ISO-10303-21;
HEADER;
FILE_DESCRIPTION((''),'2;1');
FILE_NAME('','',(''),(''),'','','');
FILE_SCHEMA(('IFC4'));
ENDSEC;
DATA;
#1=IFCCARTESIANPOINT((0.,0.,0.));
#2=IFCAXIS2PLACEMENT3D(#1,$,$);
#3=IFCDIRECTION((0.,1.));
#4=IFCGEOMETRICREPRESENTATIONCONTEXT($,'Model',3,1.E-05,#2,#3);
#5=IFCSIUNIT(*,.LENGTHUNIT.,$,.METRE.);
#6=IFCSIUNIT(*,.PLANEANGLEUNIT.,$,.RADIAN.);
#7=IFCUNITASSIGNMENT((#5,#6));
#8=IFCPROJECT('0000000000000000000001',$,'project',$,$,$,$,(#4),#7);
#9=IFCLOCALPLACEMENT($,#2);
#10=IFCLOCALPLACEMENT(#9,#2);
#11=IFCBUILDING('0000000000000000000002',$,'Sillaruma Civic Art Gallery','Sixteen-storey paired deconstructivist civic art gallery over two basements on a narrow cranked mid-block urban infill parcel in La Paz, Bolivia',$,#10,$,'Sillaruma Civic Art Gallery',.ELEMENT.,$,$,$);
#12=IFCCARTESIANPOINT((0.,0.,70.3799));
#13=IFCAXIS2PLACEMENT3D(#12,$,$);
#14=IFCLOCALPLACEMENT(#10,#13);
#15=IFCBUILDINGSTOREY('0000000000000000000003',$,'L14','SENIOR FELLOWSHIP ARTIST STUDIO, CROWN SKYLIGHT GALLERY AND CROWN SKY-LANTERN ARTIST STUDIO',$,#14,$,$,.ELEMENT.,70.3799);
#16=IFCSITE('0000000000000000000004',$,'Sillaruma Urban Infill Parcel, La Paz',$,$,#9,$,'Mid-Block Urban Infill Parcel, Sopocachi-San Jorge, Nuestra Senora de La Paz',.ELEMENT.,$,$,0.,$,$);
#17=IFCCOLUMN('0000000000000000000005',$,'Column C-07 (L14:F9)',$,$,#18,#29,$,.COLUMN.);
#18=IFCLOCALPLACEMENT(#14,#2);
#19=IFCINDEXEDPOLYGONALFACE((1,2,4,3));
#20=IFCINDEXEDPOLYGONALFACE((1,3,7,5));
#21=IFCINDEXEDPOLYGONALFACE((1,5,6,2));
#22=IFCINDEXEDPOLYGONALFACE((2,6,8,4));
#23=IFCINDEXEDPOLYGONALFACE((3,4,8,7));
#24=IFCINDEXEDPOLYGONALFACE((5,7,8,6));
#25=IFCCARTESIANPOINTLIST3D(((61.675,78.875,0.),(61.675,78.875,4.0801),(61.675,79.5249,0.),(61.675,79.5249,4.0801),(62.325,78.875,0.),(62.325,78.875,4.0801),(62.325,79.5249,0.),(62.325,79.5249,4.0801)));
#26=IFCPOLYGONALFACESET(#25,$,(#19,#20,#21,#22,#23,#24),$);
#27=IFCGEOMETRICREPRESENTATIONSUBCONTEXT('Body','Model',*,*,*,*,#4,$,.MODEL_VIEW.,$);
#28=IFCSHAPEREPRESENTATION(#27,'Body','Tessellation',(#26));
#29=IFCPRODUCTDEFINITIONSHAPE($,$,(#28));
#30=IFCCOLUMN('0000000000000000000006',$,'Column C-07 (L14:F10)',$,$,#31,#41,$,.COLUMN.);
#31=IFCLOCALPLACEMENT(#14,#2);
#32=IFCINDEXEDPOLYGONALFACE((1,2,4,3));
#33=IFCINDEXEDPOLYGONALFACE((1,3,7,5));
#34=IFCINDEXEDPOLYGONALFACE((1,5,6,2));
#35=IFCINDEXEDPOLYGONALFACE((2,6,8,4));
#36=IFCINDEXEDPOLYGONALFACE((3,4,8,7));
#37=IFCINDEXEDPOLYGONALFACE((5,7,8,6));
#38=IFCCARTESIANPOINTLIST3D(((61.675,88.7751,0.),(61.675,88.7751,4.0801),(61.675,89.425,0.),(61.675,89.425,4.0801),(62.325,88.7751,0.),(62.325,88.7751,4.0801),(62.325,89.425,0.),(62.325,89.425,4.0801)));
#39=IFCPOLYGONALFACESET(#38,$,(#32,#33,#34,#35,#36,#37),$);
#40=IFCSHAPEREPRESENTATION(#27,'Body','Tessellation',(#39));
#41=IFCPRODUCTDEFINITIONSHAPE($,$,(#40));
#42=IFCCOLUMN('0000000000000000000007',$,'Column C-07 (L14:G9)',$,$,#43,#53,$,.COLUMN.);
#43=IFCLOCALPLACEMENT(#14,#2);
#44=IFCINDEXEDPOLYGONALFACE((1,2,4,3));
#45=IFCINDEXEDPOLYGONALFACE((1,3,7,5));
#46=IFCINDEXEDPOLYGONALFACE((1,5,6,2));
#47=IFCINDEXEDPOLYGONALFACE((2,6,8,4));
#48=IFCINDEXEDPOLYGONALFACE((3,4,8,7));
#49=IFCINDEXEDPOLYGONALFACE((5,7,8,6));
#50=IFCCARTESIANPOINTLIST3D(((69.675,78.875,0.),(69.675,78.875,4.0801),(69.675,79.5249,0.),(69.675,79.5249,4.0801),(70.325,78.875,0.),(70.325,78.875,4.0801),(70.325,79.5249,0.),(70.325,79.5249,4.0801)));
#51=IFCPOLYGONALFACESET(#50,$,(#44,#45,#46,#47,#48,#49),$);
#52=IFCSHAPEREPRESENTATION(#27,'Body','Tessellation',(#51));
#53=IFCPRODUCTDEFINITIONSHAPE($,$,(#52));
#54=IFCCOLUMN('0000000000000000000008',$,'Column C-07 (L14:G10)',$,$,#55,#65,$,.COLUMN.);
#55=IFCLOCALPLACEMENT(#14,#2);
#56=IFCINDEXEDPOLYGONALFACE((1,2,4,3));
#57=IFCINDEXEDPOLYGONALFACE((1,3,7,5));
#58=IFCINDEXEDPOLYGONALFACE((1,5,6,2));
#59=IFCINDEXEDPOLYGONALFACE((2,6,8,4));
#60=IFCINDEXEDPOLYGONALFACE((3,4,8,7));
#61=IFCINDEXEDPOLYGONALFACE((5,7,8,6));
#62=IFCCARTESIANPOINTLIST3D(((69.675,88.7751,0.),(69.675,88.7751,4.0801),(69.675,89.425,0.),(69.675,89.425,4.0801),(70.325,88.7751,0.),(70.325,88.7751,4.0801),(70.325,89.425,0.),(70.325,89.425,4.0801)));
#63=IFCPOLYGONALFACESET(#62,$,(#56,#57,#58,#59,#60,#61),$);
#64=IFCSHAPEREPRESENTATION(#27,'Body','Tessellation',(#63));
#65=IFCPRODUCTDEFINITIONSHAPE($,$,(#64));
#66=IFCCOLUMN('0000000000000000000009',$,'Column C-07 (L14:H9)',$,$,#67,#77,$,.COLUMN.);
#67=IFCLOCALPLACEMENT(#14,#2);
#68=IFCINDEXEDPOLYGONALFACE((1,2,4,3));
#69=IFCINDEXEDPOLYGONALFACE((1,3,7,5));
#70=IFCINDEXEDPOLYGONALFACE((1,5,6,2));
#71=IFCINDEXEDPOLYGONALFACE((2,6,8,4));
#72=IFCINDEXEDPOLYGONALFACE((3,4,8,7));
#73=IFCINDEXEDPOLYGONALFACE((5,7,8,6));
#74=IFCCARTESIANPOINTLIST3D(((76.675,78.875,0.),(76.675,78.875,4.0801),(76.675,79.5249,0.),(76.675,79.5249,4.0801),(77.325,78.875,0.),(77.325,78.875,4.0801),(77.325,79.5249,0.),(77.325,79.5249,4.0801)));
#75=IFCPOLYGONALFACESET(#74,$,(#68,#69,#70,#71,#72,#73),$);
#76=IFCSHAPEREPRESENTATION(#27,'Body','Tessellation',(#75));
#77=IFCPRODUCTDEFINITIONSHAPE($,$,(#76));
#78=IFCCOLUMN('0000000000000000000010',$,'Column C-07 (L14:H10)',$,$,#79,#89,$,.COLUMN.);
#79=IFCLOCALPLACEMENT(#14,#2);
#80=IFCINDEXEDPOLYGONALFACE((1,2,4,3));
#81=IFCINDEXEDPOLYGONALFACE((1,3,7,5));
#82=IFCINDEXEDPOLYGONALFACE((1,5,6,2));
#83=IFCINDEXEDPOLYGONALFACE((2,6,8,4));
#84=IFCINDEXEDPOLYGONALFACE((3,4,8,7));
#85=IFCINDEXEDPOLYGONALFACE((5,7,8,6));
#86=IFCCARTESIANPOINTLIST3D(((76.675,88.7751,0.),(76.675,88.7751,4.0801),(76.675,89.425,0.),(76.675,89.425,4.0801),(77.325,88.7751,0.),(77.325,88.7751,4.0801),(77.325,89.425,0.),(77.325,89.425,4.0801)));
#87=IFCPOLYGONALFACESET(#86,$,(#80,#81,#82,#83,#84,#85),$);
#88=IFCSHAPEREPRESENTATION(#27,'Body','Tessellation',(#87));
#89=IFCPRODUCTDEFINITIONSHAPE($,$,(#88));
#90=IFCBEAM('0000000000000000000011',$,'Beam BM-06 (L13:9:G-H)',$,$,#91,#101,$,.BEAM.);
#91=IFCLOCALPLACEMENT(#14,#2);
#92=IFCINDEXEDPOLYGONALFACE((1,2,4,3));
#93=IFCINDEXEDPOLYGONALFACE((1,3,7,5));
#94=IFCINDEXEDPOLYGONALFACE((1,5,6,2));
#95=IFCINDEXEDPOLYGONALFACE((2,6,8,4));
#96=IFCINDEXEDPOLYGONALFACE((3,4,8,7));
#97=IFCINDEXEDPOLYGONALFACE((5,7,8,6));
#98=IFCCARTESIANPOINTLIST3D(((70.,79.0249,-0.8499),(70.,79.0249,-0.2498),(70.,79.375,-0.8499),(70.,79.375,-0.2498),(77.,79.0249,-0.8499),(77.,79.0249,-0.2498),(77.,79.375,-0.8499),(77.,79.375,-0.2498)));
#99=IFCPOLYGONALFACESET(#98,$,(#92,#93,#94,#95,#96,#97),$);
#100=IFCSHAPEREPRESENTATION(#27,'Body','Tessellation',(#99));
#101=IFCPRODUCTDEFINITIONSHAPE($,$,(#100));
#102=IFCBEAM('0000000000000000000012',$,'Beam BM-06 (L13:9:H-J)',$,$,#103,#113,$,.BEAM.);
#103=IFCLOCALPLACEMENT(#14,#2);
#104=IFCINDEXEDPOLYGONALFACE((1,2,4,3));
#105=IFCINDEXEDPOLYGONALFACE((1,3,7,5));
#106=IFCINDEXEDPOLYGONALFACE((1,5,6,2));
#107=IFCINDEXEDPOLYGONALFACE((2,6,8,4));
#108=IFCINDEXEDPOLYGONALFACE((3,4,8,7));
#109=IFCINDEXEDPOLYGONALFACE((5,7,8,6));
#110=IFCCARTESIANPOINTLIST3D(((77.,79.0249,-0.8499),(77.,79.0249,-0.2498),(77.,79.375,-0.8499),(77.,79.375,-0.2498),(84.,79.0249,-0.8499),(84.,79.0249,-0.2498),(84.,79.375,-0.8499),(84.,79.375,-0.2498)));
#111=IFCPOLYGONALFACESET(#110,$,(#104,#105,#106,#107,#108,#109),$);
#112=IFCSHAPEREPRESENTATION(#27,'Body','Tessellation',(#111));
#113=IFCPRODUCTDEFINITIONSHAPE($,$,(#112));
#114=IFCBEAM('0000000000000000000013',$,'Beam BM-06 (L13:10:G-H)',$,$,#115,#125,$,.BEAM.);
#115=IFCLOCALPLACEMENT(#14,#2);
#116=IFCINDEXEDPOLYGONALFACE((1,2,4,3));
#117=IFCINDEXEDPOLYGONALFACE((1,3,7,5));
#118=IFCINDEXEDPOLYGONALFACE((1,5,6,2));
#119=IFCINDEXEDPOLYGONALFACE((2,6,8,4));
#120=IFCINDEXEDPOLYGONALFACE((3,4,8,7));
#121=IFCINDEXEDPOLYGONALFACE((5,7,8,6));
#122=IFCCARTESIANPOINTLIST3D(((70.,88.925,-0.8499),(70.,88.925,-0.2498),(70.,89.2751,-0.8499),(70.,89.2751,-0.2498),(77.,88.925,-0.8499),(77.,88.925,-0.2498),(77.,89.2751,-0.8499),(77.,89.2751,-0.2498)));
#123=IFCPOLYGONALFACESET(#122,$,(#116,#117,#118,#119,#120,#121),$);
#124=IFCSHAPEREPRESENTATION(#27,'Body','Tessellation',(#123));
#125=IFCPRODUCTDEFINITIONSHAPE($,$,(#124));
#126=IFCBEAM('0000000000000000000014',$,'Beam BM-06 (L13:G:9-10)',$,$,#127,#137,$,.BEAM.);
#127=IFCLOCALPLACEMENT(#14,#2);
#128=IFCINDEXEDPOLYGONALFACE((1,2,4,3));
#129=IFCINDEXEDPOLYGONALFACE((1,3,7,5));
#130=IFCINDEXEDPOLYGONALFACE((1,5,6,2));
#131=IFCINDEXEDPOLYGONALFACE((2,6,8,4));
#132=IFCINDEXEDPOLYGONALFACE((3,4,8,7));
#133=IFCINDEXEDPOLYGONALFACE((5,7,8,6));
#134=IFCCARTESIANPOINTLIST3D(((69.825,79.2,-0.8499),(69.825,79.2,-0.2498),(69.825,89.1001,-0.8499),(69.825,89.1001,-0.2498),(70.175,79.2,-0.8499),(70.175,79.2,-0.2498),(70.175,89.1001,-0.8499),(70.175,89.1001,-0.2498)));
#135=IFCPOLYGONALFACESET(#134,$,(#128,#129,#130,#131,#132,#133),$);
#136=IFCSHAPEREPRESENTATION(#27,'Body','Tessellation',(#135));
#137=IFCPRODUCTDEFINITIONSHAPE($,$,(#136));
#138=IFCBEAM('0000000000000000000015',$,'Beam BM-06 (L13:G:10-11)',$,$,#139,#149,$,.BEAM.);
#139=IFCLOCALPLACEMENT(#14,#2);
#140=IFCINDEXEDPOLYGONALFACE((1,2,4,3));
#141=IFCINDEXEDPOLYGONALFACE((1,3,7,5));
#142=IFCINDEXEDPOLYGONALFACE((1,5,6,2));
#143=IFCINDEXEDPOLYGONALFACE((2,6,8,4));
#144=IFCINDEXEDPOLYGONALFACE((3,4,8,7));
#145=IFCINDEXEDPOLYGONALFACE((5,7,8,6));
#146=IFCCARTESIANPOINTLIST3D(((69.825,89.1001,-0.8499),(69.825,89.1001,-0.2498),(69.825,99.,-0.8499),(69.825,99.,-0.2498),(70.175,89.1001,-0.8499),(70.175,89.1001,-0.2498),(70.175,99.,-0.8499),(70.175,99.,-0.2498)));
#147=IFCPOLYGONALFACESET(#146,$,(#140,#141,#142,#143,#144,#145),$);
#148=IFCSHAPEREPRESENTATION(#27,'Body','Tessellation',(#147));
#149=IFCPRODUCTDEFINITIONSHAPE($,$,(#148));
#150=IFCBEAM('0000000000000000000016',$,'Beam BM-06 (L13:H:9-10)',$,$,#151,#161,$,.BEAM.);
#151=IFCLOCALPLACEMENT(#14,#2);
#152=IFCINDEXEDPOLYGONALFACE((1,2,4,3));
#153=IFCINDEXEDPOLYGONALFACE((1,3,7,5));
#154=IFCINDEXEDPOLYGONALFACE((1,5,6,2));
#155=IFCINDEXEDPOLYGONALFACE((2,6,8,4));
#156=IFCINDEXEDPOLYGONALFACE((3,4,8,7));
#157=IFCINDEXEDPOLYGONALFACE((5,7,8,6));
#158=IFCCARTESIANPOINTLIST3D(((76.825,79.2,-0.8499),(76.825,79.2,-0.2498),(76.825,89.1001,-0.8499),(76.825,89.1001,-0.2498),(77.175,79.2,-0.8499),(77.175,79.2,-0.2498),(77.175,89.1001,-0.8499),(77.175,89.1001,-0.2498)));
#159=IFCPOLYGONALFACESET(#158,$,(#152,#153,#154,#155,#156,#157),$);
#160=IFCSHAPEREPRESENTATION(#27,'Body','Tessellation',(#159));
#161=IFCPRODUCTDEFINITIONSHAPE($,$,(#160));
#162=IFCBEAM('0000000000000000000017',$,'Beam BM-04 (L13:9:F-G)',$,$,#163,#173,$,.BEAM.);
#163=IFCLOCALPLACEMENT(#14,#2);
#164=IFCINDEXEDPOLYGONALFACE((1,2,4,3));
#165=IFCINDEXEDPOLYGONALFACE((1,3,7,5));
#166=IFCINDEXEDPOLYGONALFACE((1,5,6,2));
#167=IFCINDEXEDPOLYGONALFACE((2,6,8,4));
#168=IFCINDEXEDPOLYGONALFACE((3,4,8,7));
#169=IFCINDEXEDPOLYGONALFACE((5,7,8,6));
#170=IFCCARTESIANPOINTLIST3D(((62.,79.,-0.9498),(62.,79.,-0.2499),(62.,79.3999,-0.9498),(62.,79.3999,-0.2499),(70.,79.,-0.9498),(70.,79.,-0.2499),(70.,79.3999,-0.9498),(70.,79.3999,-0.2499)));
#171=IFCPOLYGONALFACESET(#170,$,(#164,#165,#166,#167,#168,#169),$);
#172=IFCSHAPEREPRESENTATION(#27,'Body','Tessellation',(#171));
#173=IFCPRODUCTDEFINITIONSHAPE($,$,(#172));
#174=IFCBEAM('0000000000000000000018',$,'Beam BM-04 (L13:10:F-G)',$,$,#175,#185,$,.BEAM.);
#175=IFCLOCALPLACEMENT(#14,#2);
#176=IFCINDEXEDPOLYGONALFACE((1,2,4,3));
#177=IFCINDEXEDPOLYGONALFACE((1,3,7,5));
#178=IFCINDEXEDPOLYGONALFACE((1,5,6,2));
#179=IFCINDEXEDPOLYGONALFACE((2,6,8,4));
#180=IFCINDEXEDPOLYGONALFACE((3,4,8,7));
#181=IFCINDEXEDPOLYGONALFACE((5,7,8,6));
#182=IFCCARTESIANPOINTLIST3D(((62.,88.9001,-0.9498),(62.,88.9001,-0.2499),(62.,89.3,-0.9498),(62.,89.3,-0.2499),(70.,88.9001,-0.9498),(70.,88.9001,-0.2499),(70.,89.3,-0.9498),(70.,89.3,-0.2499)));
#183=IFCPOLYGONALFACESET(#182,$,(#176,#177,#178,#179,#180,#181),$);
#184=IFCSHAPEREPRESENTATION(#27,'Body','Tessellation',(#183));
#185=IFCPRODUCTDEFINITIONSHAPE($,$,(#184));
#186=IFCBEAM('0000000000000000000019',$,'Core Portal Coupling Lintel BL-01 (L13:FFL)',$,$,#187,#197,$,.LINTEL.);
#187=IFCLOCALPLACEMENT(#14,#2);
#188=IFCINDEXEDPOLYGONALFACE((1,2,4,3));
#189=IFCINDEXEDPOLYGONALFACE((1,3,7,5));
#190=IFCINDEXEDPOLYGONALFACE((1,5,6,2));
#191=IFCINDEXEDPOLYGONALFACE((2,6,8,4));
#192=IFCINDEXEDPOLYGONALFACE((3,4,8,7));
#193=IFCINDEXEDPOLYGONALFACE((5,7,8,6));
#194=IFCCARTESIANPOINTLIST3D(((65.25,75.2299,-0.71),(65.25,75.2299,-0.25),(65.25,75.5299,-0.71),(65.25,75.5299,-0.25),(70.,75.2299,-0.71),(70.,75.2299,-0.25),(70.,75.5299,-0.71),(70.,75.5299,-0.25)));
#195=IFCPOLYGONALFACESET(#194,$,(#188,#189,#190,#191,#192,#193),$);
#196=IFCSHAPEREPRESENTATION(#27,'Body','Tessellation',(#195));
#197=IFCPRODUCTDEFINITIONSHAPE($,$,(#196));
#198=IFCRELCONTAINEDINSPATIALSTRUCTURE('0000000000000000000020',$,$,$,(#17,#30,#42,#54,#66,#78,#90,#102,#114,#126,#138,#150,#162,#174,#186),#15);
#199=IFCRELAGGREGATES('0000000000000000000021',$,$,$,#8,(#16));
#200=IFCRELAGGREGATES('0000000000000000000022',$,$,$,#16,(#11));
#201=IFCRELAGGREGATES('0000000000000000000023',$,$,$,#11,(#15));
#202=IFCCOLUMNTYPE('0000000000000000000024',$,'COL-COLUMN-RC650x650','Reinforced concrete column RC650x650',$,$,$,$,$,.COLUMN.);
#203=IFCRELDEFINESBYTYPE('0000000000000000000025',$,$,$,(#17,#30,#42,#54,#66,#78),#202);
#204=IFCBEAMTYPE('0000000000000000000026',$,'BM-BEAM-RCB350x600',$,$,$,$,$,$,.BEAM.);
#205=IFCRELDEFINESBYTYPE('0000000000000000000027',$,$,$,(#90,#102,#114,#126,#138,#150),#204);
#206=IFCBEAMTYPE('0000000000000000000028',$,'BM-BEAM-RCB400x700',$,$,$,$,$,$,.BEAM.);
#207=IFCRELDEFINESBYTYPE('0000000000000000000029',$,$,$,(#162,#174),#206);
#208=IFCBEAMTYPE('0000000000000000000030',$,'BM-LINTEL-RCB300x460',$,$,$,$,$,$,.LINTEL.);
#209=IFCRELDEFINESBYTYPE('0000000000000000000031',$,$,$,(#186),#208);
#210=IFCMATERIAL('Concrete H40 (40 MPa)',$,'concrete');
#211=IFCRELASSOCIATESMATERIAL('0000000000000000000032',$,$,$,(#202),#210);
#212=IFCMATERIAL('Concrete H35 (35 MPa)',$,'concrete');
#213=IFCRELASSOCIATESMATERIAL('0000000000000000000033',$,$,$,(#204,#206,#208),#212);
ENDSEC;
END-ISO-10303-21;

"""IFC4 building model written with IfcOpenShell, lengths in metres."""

from ifc_helpers import new_model, si_unit, direction, frame, origin, origin_2d, place, context, subcontext, project, spatial, rectangle, extrude, material, material_profile, profile_set, type_object, element, save


model = new_model("IFC4")

# Units and contexts
model_context = context("Model", 3, precision=1e-05, world=origin(), true_north=direction((0.0, 1.0)))
body_context = subcontext(model_context, "Body", "Model", "MODEL_VIEW")
ifc_project = project(units=[si_unit("LENGTHUNIT", "METRE"), si_unit("PLANEANGLEUNIT", "RADIAN")], contexts=[model_context])

# Site, building, storey
site_placement = place(None, origin())
site = spatial("IfcSite", under=ifc_project, at=site_placement, Name="Sillaruma Urban Infill Parcel, La Paz", LongName="Mid-Block Urban Infill Parcel, Sopocachi-San Jorge, Nuestra Senora de La Paz", CompositionType="ELEMENT", RefElevation=0.0)
building_placement = place(site_placement, origin())
building = spatial("IfcBuilding", under=site, at=building_placement, Name="Sillaruma Civic Art Gallery", Description="Sixteen-storey paired deconstructivist civic art gallery over two basements on a narrow cranked mid-block urban infill parcel in La Paz, Bolivia", LongName="Sillaruma Civic Art Gallery", CompositionType="ELEMENT")
storey_placement = place(building_placement, frame((0.0, 0.0, 70.3799)))
storey = spatial("IfcBuildingStorey", under=building, at=storey_placement, Name="L14", Description="SENIOR FELLOWSHIP ARTIST STUDIO, CROWN SKYLIGHT GALLERY AND CROWN SKY-LANTERN ARTIST STUDIO", CompositionType="ELEMENT", Elevation=70.3799)

# Columns
ifc_material_1 = material(Name="Concrete H40 (40 MPa)", Category="concrete")
ifc_material_profile_1 = material_profile(ifc_material_1, rectangle(XDim=0.6499, YDim=0.6499, at=origin_2d()), Name="RC650x650")
ifc_profile_set_1 = profile_set([ifc_material_profile_1], Name="Concrete H40 (40 MPa)")
column_type = type_object("IfcColumnType", Name="COL-COLUMN-RC650x650", Description="Reinforced concrete column RC650x650", PredefinedType="COLUMN", material=ifc_profile_set_1)
for number, where, z_axis, x_axis, name in (
    (1, (62.0, 79.2, 0.0), (0.0, 0.0, 1.0), (1.0, 0.0, 0.0), "Column C-07 (L14:F9)"),
    (2, (62.0, 89.1001, 0.0), (0.0, 0.0, 1.0), (1.0, 0.0, 0.0), "Column C-07 (L14:F10)"),
    (3, (70.0, 79.2, 0.0), (0.0, 0.0, 1.0), (1.0, 0.0, 0.0), "Column C-07 (L14:G9)"),
    (4, (70.0, 89.1001, 0.0), (0.0, 0.0, 1.0), (1.0, 0.0, 0.0), "Column C-07 (L14:G10)"),
    (5, (77.0, 79.2, 0.0), (0.0, 0.0, 1.0), (1.0, 0.0, 0.0), "Column C-07 (L14:H9)"),
    (6, (77.0, 89.1001, 0.0), (0.0, 0.0, 1.0), (1.0, 0.0, 0.0), "Column C-07 (L14:H10)"),
):
    element("IfcColumn", number, at=place(storey_placement, frame(where, z_axis=z_axis, x_axis=x_axis)), inside=storey, type_object=column_type, Name=name, PredefinedType="COLUMN", context=body_context, shape_type="SweptSolid", body=[
        extrude(rectangle(XDim=0.6499, YDim=0.6499, at=origin_2d()), origin(), (0.0, 0.0, 1.0), 4.0801),
    ])

# Beams
ifc_material_2 = material(Name="Concrete H35 (35 MPa)", Category="concrete")
ifc_material_profile_2 = material_profile(ifc_material_2, rectangle(XDim=0.3501, YDim=0.6001, at=origin_2d()), Name="RCB350x600")
ifc_profile_set_2 = profile_set([ifc_material_profile_2], Name="Concrete H35 (35 MPa)")
beam_type_1 = type_object("IfcBeamType", Name="BM-BEAM-RCB350x600", PredefinedType="BEAM", material=ifc_profile_set_2)
for number, where, z_axis, x_axis, name in (
    (7, (70.0, 79.2, -0.5498), (1.0, 0.0, 0.0), (0.0, 1.0, 0.0), "Beam BM-06 (L13:9:G-H)"),
    (8, (77.0, 79.2, -0.5498), (1.0, 0.0, 0.0), (0.0, 1.0, 0.0), "Beam BM-06 (L13:9:H-J)"),
    (9, (70.0, 89.1001, -0.5498), (1.0, 0.0, 0.0), (0.0, 1.0, 0.0), "Beam BM-06 (L13:10:G-H)"),
):
    element("IfcBeam", number, at=place(storey_placement, frame(where, z_axis=z_axis, x_axis=x_axis)), inside=storey, type_object=beam_type_1, Name=name, PredefinedType="BEAM", context=body_context, shape_type="SweptSolid", body=[
        extrude(rectangle(XDim=0.3501, YDim=0.6001, at=origin_2d()), origin(), (0.0, 0.0, 1.0), 7.0),
    ])
beam_1_placement = place(storey_placement, frame((70.0, 79.2, -0.5498), z_axis=(0.0, 1.0, 0.0), x_axis=(-1.0, 0.0, 0.0)))
element("IfcBeam", 10, at=beam_1_placement, inside=storey, type_object=beam_type_1, Name="Beam BM-06 (L13:G:9-10)", PredefinedType="BEAM", context=body_context, shape_type="SweptSolid", body=[
    extrude(rectangle(XDim=0.3501, YDim=0.6001, at=origin_2d()), origin(), (0.0, 0.0, 1.0), 9.9001),
])
beam_2_placement = place(storey_placement, frame((70.0, 89.1001, -0.5498), z_axis=(0.0, 1.0, 0.0), x_axis=(-1.0, 0.0, 0.0)))
element("IfcBeam", 11, at=beam_2_placement, inside=storey, type_object=beam_type_1, Name="Beam BM-06 (L13:G:10-11)", PredefinedType="BEAM", context=body_context, shape_type="SweptSolid", body=[
    extrude(rectangle(XDim=0.3501, YDim=0.6001, at=origin_2d()), origin(), (0.0, 0.0, 1.0), 9.8999),
])
beam_3_placement = place(storey_placement, frame((77.0, 79.2, -0.5498), z_axis=(0.0, 1.0, 0.0), x_axis=(-1.0, 0.0, 0.0)))
element("IfcBeam", 12, at=beam_3_placement, inside=storey, type_object=beam_type_1, Name="Beam BM-06 (L13:H:9-10)", PredefinedType="BEAM", context=body_context, shape_type="SweptSolid", body=[
    extrude(rectangle(XDim=0.3501, YDim=0.6001, at=origin_2d()), origin(), (0.0, 0.0, 1.0), 9.9001),
])
ifc_material_profile_3 = material_profile(ifc_material_2, rectangle(XDim=0.3999, YDim=0.7, at=origin_2d()), Name="RCB400x700")
ifc_profile_set_3 = profile_set([ifc_material_profile_3], Name="Concrete H35 (35 MPa)")
beam_type_2 = type_object("IfcBeamType", Name="BM-BEAM-RCB400x700", PredefinedType="BEAM", material=ifc_profile_set_3)
for number, where, z_axis, x_axis, name in (
    (13, (62.0, 79.2, -0.5999), (1.0, 0.0, 0.0), (0.0, 1.0, 0.0), "Beam BM-04 (L13:9:F-G)"),
    (14, (62.0, 89.1001, -0.5999), (1.0, 0.0, 0.0), (0.0, 1.0, 0.0), "Beam BM-04 (L13:10:F-G)"),
):
    element("IfcBeam", number, at=place(storey_placement, frame(where, z_axis=z_axis, x_axis=x_axis)), inside=storey, type_object=beam_type_2, Name=name, PredefinedType="BEAM", context=body_context, shape_type="SweptSolid", body=[
        extrude(rectangle(XDim=0.3999, YDim=0.7, at=origin_2d()), origin(), (0.0, 0.0, 1.0), 8.0),
    ])
ifc_material_profile_4 = material_profile(ifc_material_2, rectangle(XDim=0.3, YDim=0.46, at=origin_2d()), Name="RCB300x460")
ifc_profile_set_4 = profile_set([ifc_material_profile_4], Name="Concrete H35 (35 MPa)")
beam_type_3 = type_object("IfcBeamType", Name="BM-LINTEL-RCB300x460", PredefinedType="LINTEL", material=ifc_profile_set_4)
beam_4_placement = place(storey_placement, frame((65.25, 75.3799, -0.48), z_axis=(1.0, 0.0, 0.0), x_axis=(0.0, 1.0, 0.0)))
element("IfcBeam", 15, at=beam_4_placement, inside=storey, type_object=beam_type_3, Name="Core Portal Coupling Lintel BL-01 (L13:FFL)", PredefinedType="LINTEL", context=body_context, shape_type="SweptSolid", body=[
    extrude(rectangle(XDim=0.3, YDim=0.46, at=origin_2d()), origin(), (0.0, 0.0, 1.0), 4.75),
])

save(model, "model.ifc")
